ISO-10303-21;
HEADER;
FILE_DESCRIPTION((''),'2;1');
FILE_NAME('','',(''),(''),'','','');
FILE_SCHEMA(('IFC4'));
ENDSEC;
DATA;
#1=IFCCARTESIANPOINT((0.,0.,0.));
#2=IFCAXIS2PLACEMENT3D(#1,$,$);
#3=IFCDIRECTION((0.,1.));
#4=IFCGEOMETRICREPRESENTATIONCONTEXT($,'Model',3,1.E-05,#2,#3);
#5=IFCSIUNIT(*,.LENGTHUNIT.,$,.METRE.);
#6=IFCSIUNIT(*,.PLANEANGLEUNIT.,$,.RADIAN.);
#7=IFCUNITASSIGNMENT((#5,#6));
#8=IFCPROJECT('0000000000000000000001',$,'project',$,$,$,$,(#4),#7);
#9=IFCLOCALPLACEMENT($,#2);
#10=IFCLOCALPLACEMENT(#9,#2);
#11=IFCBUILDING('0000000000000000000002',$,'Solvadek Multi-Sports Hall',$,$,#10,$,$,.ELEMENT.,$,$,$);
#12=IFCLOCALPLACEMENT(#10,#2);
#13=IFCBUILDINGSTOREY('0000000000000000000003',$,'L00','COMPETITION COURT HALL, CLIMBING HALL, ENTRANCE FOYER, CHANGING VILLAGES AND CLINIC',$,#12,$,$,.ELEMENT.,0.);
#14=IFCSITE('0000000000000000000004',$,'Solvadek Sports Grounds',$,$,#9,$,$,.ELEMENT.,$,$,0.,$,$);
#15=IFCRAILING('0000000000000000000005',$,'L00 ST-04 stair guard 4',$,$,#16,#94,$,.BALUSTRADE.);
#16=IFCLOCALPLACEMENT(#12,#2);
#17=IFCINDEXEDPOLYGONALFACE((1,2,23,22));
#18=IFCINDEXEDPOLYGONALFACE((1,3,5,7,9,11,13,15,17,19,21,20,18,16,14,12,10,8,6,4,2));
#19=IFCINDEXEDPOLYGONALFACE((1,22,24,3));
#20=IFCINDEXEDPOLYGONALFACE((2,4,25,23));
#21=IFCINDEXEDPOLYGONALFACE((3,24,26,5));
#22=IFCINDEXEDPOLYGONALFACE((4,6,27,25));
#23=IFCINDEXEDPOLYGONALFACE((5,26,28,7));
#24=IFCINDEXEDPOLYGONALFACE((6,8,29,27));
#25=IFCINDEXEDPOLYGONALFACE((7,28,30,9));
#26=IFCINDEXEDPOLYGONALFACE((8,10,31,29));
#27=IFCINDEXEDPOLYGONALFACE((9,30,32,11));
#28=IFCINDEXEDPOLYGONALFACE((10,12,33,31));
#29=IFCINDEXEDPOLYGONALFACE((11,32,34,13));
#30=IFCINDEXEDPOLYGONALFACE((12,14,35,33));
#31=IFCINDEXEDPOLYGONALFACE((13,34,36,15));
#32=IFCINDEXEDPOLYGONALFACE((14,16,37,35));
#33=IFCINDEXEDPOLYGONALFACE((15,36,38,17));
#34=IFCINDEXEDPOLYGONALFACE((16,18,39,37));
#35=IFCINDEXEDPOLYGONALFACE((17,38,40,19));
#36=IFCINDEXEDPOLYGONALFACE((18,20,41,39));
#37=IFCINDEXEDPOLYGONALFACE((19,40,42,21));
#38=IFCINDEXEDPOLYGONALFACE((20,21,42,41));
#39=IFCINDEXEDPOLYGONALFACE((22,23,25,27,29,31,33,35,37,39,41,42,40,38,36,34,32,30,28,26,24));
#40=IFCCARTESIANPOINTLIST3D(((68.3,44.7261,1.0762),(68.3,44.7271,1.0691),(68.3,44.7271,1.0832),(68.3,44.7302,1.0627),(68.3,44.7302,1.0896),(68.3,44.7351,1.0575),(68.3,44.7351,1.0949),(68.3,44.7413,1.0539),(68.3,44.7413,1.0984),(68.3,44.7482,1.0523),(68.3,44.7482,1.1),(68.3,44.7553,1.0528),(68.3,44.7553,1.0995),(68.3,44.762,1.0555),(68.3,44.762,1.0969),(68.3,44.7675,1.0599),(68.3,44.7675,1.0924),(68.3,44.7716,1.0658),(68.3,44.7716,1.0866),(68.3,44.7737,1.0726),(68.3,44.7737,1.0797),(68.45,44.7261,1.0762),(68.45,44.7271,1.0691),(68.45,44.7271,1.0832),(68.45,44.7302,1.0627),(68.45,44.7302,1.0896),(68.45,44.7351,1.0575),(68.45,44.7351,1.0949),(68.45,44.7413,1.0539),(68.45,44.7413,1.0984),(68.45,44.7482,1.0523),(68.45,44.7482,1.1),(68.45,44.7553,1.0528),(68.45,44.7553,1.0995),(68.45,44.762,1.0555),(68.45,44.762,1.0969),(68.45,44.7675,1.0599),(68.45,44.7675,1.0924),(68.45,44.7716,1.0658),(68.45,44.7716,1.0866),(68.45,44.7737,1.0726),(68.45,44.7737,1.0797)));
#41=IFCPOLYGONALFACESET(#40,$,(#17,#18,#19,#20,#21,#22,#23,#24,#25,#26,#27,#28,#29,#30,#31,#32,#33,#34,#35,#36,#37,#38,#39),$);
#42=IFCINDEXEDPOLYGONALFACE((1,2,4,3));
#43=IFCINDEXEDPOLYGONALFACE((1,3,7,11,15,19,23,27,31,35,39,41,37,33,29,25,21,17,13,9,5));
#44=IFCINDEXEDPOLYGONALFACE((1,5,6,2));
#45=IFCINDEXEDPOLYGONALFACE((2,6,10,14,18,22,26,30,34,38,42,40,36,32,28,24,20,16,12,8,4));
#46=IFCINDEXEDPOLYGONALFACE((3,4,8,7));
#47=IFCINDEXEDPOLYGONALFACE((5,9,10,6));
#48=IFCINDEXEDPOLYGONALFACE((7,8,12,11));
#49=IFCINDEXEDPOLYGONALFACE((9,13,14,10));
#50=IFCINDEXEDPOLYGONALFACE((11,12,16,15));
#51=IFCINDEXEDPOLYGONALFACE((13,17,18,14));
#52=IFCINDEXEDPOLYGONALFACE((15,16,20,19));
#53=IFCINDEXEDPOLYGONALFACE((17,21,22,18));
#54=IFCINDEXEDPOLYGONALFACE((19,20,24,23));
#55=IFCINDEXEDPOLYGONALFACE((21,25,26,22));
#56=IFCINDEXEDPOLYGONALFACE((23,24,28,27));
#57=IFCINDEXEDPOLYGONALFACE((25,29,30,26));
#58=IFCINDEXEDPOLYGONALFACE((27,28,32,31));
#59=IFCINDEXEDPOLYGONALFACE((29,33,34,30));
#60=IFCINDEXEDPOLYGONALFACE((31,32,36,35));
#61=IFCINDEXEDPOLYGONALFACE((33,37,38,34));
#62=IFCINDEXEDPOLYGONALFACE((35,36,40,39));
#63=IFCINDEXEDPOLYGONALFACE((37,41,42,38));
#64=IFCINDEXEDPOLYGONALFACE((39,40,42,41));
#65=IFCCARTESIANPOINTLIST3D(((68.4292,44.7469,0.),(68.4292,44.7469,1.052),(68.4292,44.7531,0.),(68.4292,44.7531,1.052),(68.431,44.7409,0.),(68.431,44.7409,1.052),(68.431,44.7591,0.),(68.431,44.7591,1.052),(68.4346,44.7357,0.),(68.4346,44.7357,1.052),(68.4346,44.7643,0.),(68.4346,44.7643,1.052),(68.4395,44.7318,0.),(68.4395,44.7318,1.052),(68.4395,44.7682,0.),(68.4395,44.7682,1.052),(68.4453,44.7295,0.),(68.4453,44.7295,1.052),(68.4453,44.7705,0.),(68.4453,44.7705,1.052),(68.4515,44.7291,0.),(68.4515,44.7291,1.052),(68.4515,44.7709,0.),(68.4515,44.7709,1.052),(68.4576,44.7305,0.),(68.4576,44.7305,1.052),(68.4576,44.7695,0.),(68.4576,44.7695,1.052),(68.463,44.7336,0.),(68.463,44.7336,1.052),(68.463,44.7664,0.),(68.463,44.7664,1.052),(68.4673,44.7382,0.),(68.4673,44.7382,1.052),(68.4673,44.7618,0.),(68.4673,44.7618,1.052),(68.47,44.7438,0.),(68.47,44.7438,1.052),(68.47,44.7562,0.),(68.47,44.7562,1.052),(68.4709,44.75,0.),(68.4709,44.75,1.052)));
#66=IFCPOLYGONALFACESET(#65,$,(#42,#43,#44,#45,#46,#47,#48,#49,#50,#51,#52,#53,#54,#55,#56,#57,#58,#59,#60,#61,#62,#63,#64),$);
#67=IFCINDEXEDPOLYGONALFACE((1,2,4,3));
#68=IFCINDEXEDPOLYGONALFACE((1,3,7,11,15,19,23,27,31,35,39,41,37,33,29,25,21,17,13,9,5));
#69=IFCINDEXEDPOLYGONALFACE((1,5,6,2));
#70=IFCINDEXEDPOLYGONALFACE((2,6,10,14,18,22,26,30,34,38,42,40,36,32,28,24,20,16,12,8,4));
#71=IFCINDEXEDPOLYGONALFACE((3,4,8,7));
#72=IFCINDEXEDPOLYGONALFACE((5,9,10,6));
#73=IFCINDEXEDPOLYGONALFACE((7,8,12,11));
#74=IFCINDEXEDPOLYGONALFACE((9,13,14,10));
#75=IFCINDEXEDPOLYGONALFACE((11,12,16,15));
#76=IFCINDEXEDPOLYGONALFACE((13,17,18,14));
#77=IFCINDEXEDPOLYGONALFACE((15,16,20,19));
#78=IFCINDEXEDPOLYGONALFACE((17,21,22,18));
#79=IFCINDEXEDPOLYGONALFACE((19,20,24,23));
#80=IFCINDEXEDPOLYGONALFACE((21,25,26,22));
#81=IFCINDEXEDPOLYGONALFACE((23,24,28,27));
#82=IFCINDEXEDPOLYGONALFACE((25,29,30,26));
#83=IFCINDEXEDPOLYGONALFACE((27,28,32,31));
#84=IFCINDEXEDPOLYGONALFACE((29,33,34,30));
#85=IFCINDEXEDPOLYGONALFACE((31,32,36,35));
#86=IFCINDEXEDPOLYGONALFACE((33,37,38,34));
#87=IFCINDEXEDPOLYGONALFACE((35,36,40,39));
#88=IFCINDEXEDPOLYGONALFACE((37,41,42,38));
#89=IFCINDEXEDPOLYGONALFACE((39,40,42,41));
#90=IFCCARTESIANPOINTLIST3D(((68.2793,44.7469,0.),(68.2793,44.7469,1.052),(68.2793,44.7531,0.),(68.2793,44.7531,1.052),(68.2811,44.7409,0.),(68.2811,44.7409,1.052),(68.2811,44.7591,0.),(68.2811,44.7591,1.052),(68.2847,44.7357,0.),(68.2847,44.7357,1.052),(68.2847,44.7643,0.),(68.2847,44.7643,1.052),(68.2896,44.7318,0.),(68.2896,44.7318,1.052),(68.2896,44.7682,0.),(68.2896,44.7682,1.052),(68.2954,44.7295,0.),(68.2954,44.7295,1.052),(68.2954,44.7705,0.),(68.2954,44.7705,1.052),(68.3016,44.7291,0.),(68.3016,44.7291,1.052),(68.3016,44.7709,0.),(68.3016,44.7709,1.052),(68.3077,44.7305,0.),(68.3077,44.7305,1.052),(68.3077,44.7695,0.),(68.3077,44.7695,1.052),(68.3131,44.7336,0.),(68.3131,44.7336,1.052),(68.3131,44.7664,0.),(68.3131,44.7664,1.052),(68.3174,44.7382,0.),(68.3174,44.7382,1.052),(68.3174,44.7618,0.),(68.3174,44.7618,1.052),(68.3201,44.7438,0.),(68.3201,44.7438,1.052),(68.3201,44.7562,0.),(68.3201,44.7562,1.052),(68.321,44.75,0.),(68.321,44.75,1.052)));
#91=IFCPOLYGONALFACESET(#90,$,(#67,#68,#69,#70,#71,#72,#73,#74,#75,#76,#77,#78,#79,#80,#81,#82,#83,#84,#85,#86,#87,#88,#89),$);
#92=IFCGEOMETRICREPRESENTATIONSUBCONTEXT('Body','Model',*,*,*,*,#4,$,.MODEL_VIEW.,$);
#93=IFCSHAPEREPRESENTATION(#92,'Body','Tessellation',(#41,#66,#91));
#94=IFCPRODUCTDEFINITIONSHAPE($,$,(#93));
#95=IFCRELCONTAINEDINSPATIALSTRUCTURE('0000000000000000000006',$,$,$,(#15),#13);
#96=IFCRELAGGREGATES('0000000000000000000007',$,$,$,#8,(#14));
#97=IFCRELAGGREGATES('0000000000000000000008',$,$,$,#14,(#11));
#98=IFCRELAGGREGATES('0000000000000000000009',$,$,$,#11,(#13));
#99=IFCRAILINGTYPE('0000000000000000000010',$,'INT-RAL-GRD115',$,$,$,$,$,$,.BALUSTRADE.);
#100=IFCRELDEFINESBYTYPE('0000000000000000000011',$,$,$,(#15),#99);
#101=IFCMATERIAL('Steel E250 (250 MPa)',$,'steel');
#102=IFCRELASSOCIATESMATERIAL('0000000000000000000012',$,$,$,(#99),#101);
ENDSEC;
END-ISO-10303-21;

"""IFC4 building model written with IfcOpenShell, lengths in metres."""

from ifc_helpers import new_model, si_unit, direction, frame, origin, origin_2d, place, context, subcontext, project, spatial, circle, extrude, material, type_object, element, save


model = new_model("IFC4")

# Units and contexts
model_context = context("Model", 3, precision=1e-05, world=origin(), true_north=direction((0.0, 1.0)))
body_context = subcontext(model_context, "Body", "Model", "MODEL_VIEW")
ifc_project = project(units=[si_unit("LENGTHUNIT", "METRE"), si_unit("PLANEANGLEUNIT", "RADIAN")], contexts=[model_context])

# Site, building, storey
site_placement = place(None, origin())
site = spatial("IfcSite", under=ifc_project, at=site_placement, Name="Solvadek Sports Grounds", CompositionType="ELEMENT", RefElevation=0.0)
building_placement = place(site_placement, origin())
building = spatial("IfcBuilding", under=site, at=building_placement, Name="Solvadek Multi-Sports Hall", CompositionType="ELEMENT")
storey_placement = place(building_placement, origin())
storey = spatial("IfcBuildingStorey", under=building, at=storey_placement, Name="L00", Description="COMPETITION COURT HALL, CLIMBING HALL, ENTRANCE FOYER, CHANGING VILLAGES AND CLINIC", CompositionType="ELEMENT", Elevation=0.0)

# Shared definitions
ifc_material_1 = material(Name="Steel E250 (250 MPa)", Category="steel")

# Railing
railing_type_1 = type_object("IfcRailingType", Name="INT-RAL-GRD115", PredefinedType="BALUSTRADE", material=ifc_material_1)
railing_1_placement = place(storey_placement, frame((68.45, 44.75, 0.0)))
element("IfcRailing", 1, at=railing_1_placement, inside=storey, type_object=railing_type_1, Name="L00 ST-04 stair guard 4", PredefinedType="BALUSTRADE", context=body_context, shape_type="SweptSolid", body=[
    extrude(circle(Radius=0.0239, at=origin_2d()), frame((0.0, 0.0, 1.0762), z_axis=(-1.0, 0.0, 0.0), x_axis=(0.0, -1.0, 0.0)), (0.0, 0.0, 1.0), 0.1499),
    extrude(circle(Radius=0.021, at=origin_2d()), origin(), (0.0, 0.0, 1.0), 1.052),
    extrude(circle(Radius=0.021, at=origin_2d()), frame((-0.1499, 0.0, 0.0)), (0.0, 0.0, 1.0), 1.052),
])

save(model, "model.ifc")
